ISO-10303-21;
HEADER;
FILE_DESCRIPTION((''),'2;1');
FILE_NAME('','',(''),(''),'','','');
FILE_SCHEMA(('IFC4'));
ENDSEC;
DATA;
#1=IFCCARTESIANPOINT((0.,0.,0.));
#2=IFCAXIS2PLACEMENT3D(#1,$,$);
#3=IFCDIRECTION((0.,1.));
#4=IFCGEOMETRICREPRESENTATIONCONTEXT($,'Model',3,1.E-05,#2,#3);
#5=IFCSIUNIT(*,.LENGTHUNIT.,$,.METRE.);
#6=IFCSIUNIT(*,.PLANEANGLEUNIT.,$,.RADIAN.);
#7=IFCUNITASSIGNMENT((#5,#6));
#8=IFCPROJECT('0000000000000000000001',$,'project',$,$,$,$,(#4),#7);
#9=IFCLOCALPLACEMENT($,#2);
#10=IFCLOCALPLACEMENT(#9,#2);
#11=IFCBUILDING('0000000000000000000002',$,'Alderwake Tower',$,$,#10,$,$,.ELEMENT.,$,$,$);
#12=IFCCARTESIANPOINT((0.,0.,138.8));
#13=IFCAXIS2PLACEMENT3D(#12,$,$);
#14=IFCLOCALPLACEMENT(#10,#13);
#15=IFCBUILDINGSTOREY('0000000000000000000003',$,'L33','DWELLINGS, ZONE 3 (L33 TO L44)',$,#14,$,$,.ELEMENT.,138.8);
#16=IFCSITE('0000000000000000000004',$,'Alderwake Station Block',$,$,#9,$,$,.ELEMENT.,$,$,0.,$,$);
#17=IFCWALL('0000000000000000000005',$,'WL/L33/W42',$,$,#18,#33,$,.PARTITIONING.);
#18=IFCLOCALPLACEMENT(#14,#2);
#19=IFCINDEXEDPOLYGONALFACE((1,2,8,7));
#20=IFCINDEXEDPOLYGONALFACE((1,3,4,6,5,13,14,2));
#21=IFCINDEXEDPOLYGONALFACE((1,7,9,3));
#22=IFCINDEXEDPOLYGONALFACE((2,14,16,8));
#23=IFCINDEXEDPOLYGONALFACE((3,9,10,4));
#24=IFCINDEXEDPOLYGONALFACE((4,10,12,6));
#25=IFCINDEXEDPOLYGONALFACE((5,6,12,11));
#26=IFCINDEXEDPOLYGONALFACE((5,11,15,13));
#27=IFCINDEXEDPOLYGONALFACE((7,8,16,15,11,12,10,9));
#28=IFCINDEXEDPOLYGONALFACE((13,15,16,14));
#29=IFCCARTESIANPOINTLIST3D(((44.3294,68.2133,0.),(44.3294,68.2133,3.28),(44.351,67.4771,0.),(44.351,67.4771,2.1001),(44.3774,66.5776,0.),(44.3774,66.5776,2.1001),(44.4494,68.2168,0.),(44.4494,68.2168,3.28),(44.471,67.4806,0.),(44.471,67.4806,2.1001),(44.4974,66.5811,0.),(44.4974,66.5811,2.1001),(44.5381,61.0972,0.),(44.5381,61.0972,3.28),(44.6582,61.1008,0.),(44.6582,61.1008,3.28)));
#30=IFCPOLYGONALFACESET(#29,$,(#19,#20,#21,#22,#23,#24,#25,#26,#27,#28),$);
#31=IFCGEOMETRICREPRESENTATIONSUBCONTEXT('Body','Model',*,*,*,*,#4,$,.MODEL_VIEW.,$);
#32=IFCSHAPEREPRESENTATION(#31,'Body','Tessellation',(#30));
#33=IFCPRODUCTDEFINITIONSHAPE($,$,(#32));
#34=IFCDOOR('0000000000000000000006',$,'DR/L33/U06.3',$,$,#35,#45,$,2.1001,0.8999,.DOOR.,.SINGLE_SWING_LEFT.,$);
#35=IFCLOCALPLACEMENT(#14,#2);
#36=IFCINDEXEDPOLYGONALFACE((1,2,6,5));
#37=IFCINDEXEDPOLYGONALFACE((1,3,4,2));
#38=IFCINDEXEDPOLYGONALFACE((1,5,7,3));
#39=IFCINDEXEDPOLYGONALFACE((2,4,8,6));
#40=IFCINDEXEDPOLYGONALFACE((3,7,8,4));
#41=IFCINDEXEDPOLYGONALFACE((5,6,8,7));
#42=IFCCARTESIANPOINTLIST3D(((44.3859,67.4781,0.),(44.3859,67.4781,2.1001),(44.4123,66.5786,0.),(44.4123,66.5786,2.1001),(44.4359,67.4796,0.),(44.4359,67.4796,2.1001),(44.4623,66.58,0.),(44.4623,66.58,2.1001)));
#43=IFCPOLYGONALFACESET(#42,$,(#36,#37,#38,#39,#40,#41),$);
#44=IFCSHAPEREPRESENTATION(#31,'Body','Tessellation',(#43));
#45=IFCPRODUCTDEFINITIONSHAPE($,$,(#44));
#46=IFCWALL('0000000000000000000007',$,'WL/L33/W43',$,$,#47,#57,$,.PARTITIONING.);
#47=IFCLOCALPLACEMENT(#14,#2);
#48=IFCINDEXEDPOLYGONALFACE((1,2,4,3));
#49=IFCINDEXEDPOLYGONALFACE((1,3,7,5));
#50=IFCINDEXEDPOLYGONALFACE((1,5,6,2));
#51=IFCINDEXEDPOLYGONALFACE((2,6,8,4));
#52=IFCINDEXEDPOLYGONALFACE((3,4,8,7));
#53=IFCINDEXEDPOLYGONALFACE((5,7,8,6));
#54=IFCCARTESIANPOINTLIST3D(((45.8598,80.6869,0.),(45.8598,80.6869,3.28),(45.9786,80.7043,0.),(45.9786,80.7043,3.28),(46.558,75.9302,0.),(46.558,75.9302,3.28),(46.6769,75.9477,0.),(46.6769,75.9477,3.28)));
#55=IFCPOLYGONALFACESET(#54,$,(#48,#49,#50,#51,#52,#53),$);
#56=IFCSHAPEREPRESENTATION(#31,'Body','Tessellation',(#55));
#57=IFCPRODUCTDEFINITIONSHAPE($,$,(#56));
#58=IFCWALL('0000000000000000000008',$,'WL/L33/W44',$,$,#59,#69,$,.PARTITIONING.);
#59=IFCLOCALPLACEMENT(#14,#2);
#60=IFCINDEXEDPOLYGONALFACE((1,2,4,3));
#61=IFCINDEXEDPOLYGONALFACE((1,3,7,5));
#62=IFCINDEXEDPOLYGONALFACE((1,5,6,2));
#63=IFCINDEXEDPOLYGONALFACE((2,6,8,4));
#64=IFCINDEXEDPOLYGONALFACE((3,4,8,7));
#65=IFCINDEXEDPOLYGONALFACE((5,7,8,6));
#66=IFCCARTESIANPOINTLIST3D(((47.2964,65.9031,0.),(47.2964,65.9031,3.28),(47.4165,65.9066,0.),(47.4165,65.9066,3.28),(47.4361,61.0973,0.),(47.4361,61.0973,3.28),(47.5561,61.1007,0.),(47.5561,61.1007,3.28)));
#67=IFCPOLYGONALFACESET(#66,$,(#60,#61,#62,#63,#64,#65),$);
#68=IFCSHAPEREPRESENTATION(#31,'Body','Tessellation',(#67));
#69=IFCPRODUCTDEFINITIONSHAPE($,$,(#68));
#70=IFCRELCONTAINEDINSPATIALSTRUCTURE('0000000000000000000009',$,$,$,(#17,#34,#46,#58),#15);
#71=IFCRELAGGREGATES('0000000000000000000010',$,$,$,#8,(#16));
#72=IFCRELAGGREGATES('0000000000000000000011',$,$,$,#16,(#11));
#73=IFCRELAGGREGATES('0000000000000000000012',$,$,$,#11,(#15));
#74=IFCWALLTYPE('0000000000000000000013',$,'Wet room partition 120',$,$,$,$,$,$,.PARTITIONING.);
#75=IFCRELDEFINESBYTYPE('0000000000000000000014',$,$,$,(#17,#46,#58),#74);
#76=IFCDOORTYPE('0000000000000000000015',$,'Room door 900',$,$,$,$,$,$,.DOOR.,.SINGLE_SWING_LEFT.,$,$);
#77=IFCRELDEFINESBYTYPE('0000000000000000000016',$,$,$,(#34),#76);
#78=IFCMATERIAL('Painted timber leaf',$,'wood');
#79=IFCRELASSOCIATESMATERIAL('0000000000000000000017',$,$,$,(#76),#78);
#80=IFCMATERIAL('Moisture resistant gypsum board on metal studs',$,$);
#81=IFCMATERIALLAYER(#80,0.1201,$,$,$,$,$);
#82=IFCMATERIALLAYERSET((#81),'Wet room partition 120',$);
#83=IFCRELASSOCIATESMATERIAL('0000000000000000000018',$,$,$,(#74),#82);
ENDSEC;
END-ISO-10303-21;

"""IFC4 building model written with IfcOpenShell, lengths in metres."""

from ifc_helpers import new_model, si_unit, direction, frame, frame_2d, origin, place, context, subcontext, project, spatial, rectangle, extrude, material, layer, layer_set, type_object, element, fill, save


model = new_model("IFC4")

# Units and contexts
model_context = context("Model", 3, precision=1e-05, world=origin(), true_north=direction((0.0, 1.0)))
body_context = subcontext(model_context, "Body", "Model", "MODEL_VIEW")
ifc_project = project(units=[si_unit("LENGTHUNIT", "METRE"), si_unit("PLANEANGLEUNIT", "RADIAN")], contexts=[model_context])

# Site, building, storey
site_placement = place(None, origin())
site = spatial("IfcSite", under=ifc_project, at=site_placement, Name="Alderwake Station Block", CompositionType="ELEMENT", RefElevation=0.0)
building_placement = place(site_placement, origin())
building = spatial("IfcBuilding", under=site, at=building_placement, Name="Alderwake Tower", CompositionType="ELEMENT")
storey_placement = place(building_placement, frame((0.0, 0.0, 138.8)))
storey = spatial("IfcBuildingStorey", under=building, at=storey_placement, Name="L33", Description="DWELLINGS, ZONE 3 (L33 TO L44)", CompositionType="ELEMENT", Elevation=138.8)

# Shared definitions
ifc_material_1 = material(Name="Painted timber leaf", Category="wood")
door_type_1 = type_object("IfcDoorType", Name="Room door 900", OperationType="SINGLE_SWING_LEFT", PredefinedType="DOOR", material=ifc_material_1)

# Shared definitions
ifc_material_2 = material(Name="Moisture resistant gypsum board on metal studs")
ifc_layer_1 = layer(ifc_material_2, 0.1201)
ifc_layer_set_1 = layer_set([ifc_layer_1], Name="Wet room partition 120")
wall_type_1 = type_object("IfcWallType", Name="Wet room partition 120", PredefinedType="PARTITIONING", material=ifc_layer_set_1)

# Wall, opening, door
wall_1_placement = place(storey_placement, frame((44.3894, 68.2151, 0.0), z_axis=(0.0, 0.0, 1.0), x_axis=(0.029321, -0.99957, 0.0)))
wall_1 = element("IfcWall", 1, at=wall_1_placement, inside=storey, type_object=wall_type_1, Name="WL/L33/W42", PredefinedType="PARTITIONING", context=body_context, shape_type="SweptSolid", body=[
    extrude(rectangle(XDim=7.1191, YDim=0.1201, at=frame_2d((3.5596, 0.0))), origin(), (0.0, 0.0, 1.0), 3.28),
])
opening_1_placement = place(wall_1_placement, frame((0.7366, 0.0, 0.0)))
opening_1 = element("IfcOpeningElement", 2, at=opening_1_placement, cuts=wall_1, PredefinedType="OPENING", context=body_context, shape_type="SweptSolid", body=[
    extrude(rectangle(XDim=0.8999, YDim=2.1001, at=frame_2d((0.45, 1.05))), frame((0.0, 0.0701, 0.0), z_axis=(0.0, -1.0, 0.0), x_axis=(1.0, 0.0, 0.0)), (0.0, 0.0, 1.0), 0.1401),
])
door_1_placement = place(opening_1_placement, origin())
door_1 = element("IfcDoor", 3, at=door_1_placement, inside=storey, type_object=door_type_1, Name="DR/L33/U06.3", OperationType="SINGLE_SWING_LEFT", OverallHeight=2.1001, OverallWidth=0.8999, PredefinedType="DOOR", context=body_context, shape_type="SweptSolid", body=[
    extrude(rectangle(XDim=0.8999, YDim=2.1001, at=frame_2d((0.45, 1.05))), frame((0.0, 0.0249, 0.0), z_axis=(0.0, -1.0, 0.0), x_axis=(1.0, 0.0, 0.0)), (0.0, 0.0, 1.0), 0.05),
])
fill(opening_1, door_1)

# Walls
wall_2_placement = place(storey_placement, frame((46.6174, 75.939, 0.0), z_axis=(0.0, 0.0, 1.0), x_axis=(-0.145238, 0.989397, 0.0)))
element("IfcWall", 4, at=wall_2_placement, inside=storey, type_object=wall_type_1, Name="WL/L33/W43", PredefinedType="PARTITIONING", context=body_context, shape_type="SweptSolid", body=[
    extrude(rectangle(XDim=4.8076, YDim=0.1201, at=frame_2d((2.4038, 0.0))), origin(), (0.0, 0.0, 1.0), 3.28),
])
wall_3_placement = place(storey_placement, frame((47.4961, 61.0991, 0.0), z_axis=(0.0, 0.0, 1.0), x_axis=(-0.029045, 0.999578, 0.0)))
element("IfcWall", 5, at=wall_3_placement, inside=storey, type_object=wall_type_1, Name="WL/L33/W44", PredefinedType="PARTITIONING", context=body_context, shape_type="SweptSolid", body=[
    extrude(rectangle(XDim=4.8079, YDim=0.1201, at=frame_2d((2.4038, 0.0))), origin(), (0.0, 0.0, 1.0), 3.28),
])

save(model, "model.ifc")
